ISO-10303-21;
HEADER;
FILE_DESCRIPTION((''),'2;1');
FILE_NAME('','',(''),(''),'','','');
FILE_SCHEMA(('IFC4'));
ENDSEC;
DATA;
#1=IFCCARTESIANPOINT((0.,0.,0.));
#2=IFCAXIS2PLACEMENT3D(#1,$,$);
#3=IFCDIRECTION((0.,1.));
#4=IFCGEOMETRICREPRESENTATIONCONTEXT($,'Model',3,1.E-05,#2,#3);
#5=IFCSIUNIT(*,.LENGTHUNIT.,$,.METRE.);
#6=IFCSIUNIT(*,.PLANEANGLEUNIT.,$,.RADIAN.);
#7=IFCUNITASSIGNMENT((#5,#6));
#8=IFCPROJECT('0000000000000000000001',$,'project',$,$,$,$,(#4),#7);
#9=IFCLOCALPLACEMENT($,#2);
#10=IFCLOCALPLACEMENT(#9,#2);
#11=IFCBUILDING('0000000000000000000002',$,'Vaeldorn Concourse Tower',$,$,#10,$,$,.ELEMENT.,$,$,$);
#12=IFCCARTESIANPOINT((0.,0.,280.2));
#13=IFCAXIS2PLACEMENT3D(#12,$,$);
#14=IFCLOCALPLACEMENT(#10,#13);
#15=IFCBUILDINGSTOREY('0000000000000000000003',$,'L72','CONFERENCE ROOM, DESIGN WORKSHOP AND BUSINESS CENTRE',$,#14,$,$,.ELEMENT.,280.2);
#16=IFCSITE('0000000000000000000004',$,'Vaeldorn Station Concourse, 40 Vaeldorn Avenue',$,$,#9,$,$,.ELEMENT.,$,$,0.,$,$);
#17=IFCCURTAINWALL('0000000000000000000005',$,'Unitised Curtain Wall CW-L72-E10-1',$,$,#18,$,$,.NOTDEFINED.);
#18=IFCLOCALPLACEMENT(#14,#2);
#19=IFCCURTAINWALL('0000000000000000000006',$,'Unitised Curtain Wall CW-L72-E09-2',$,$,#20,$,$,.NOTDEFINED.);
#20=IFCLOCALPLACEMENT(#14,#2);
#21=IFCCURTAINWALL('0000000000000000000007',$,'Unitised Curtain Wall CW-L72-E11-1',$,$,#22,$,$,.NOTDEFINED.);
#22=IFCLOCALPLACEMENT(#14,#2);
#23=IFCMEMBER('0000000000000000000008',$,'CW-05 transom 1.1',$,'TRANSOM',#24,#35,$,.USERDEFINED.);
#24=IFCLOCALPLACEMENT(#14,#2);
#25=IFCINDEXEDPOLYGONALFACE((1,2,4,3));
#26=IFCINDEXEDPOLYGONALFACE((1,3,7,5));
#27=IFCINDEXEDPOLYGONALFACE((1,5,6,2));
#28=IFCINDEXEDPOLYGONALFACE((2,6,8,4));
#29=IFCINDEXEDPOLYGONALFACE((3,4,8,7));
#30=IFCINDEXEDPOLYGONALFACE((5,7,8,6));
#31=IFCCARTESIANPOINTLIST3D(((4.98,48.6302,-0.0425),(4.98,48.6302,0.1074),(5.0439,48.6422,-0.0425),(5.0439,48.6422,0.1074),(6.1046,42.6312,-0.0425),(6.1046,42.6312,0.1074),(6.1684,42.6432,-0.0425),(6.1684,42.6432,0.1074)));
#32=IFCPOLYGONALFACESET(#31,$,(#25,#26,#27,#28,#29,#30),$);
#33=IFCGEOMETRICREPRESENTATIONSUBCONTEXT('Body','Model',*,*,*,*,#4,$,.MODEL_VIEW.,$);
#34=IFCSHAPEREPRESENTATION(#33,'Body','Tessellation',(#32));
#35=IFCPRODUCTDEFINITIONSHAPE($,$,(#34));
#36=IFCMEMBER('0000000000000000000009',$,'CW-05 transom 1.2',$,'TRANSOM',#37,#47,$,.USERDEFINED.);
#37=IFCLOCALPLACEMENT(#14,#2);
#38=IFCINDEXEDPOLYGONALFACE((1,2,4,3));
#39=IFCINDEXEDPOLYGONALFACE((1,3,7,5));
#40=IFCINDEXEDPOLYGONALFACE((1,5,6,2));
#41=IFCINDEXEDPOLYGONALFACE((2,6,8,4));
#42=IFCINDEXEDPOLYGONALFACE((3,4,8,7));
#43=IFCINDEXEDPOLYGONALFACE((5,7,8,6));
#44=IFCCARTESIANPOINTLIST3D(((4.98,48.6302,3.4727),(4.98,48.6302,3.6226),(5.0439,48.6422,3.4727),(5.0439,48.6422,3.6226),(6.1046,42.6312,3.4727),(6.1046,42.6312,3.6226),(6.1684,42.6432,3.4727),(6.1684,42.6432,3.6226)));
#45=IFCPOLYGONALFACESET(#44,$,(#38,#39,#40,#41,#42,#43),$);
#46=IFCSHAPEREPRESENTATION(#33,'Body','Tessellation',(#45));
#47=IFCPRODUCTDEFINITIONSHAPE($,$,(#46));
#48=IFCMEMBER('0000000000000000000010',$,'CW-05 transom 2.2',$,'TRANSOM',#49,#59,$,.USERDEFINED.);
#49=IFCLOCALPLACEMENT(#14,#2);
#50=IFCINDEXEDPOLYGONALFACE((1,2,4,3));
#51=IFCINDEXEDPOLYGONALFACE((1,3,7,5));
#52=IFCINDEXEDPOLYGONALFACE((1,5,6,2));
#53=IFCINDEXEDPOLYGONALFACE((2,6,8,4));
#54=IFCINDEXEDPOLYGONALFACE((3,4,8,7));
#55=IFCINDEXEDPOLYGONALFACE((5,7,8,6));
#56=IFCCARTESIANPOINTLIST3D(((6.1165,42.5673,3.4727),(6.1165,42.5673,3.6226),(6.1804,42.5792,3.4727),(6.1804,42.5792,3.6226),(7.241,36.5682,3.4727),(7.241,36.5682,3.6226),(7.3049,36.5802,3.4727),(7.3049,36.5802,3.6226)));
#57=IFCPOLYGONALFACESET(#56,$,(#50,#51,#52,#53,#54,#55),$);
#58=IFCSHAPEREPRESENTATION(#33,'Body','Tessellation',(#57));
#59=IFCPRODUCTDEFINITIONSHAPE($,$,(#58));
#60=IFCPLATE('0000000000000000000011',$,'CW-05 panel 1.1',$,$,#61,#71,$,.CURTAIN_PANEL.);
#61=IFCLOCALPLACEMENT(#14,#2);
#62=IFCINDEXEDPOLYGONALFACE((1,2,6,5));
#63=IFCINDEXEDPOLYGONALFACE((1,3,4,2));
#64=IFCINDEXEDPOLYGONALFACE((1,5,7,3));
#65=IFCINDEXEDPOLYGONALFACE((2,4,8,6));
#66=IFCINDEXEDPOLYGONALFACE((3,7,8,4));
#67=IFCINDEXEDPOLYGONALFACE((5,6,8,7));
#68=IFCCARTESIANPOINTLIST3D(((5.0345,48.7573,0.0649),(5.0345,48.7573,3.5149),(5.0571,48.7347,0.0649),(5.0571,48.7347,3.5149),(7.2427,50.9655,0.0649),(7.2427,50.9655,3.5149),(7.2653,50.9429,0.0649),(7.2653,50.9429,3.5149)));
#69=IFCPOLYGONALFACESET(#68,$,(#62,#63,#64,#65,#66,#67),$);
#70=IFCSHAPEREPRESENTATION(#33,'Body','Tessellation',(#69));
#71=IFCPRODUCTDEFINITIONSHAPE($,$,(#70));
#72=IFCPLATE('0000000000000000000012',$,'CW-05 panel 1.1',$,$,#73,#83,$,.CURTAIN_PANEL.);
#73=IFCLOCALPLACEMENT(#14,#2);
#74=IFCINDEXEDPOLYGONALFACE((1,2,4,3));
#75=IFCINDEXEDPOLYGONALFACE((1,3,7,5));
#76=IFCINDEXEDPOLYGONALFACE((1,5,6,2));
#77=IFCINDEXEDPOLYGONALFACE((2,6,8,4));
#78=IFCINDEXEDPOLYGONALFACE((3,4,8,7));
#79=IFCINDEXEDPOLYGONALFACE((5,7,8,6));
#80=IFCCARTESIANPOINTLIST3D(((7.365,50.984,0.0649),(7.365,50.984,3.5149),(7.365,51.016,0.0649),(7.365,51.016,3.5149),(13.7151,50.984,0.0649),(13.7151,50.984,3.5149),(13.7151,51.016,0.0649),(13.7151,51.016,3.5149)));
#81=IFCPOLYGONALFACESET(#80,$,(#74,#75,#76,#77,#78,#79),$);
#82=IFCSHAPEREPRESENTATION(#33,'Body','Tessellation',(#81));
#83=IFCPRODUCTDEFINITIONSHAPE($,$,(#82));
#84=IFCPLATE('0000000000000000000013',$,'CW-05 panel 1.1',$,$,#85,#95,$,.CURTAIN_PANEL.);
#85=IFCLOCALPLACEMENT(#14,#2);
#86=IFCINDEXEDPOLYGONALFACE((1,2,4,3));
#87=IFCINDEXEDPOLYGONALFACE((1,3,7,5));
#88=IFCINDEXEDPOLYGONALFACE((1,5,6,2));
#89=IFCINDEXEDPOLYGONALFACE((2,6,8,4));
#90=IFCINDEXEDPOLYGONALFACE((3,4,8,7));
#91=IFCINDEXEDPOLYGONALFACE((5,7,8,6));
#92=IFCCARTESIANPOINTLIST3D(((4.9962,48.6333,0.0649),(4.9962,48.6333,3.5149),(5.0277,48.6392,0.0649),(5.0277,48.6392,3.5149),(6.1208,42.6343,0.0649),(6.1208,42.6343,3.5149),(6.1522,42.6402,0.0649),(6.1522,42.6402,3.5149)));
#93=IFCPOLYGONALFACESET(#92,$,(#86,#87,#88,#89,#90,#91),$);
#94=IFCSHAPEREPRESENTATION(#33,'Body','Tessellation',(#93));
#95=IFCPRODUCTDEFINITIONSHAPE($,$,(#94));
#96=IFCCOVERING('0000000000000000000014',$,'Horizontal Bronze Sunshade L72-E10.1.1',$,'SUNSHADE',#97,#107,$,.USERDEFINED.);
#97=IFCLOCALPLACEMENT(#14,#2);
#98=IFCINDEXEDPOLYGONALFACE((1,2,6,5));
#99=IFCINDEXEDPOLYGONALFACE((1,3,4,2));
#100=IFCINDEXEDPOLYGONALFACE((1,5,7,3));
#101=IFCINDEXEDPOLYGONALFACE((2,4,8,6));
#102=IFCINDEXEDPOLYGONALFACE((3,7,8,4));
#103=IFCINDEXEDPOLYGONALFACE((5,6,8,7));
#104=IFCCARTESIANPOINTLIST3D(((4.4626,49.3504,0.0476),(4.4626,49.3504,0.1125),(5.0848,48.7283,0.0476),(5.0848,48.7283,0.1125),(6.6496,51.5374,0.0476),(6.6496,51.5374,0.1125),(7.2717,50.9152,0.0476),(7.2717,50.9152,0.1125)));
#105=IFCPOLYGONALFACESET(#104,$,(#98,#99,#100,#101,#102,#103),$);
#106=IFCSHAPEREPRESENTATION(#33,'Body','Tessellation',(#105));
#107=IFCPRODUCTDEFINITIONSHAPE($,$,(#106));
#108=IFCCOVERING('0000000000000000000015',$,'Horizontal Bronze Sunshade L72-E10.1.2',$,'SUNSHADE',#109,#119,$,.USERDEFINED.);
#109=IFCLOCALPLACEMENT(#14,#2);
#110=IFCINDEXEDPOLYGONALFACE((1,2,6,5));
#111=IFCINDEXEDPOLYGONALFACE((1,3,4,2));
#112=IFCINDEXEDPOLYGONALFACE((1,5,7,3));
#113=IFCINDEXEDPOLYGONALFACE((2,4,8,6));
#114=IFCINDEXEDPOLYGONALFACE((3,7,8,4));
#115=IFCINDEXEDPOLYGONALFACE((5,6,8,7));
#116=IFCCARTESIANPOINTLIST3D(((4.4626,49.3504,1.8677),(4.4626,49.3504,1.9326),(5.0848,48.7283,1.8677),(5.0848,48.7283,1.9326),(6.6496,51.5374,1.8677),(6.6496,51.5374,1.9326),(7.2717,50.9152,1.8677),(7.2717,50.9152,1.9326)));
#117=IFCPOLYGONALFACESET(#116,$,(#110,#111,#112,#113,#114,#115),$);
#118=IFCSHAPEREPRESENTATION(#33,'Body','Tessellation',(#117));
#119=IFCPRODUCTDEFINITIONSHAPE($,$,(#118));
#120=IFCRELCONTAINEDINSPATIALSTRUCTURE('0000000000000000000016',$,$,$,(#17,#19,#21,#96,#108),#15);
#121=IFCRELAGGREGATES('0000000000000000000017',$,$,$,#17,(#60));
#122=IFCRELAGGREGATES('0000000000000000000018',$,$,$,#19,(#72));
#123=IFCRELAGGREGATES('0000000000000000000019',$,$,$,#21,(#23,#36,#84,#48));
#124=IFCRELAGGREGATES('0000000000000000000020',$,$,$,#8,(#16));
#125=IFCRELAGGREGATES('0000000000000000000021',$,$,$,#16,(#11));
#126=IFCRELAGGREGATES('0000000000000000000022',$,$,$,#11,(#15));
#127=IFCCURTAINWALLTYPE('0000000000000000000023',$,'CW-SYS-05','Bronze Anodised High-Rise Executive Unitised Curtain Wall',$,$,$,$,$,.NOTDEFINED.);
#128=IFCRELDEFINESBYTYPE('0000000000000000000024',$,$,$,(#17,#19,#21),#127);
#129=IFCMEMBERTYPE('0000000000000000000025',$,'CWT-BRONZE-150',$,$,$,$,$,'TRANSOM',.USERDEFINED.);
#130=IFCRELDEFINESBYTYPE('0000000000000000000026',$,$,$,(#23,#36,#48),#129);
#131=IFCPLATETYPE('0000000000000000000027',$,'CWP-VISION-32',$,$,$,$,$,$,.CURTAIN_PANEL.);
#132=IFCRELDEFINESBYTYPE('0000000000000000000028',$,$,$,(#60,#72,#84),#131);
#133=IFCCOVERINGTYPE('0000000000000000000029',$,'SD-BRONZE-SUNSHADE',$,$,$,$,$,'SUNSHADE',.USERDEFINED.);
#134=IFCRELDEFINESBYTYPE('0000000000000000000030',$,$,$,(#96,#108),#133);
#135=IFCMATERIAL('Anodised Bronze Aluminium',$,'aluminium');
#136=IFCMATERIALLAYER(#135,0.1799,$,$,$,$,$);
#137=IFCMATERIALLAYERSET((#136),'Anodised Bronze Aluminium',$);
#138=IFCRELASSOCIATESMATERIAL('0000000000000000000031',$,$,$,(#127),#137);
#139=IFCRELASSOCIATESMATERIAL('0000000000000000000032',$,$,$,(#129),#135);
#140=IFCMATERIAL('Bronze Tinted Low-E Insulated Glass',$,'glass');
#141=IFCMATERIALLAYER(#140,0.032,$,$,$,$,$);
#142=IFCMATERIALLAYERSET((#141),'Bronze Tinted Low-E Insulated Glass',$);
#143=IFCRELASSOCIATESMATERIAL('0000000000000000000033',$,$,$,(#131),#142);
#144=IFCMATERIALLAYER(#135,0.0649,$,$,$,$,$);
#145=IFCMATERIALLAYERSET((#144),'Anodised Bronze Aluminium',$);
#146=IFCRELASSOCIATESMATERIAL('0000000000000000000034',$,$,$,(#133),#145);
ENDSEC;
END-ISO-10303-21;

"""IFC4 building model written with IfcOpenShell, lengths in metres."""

from ifc_helpers import new_model, si_unit, direction, frame, origin, origin_2d, place, context, subcontext, project, spatial, rectangle, extrude, source, transform, mapped, material, layer, layer_set, material_profile, profile_set, type_object, element, aggregate, save


model = new_model("IFC4")

# Units and contexts
model_context = context("Model", 3, precision=1e-05, world=origin(), true_north=direction((0.0, 1.0)))
body_context = subcontext(model_context, "Body", "Model", "MODEL_VIEW")
ifc_project = project(units=[si_unit("LENGTHUNIT", "METRE"), si_unit("PLANEANGLEUNIT", "RADIAN")], contexts=[model_context])

# Site, building, storey
site_placement = place(None, origin())
site = spatial("IfcSite", under=ifc_project, at=site_placement, Name="Vaeldorn Station Concourse, 40 Vaeldorn Avenue", CompositionType="ELEMENT", RefElevation=0.0)
building_placement = place(site_placement, origin())
building = spatial("IfcBuilding", under=site, at=building_placement, Name="Vaeldorn Concourse Tower", CompositionType="ELEMENT")
storey_placement = place(building_placement, frame((0.0, 0.0, 280.2)))
storey = spatial("IfcBuildingStorey", under=building, at=storey_placement, Name="L72", Description="CONFERENCE ROOM, DESIGN WORKSHOP AND BUSINESS CENTRE", CompositionType="ELEMENT", Elevation=280.2)

# Curtain walls
ifc_material_1 = material(Name="Anodised Bronze Aluminium", Category="aluminium")
ifc_layer_1 = layer(ifc_material_1, 0.1799)
ifc_layer_set_1 = layer_set([ifc_layer_1], Name="Anodised Bronze Aluminium")
curtain_wall_type = type_object("IfcCurtainWallType", Name="CW-SYS-05", Description="Bronze Anodised High-Rise Executive Unitised Curtain Wall", PredefinedType="NOTDEFINED", material=ifc_layer_set_1)
curtain_wall_1_placement = place(storey_placement, origin())
curtain_wall_1 = element("IfcCurtainWall", 1, at=curtain_wall_1_placement, inside=storey, type_object=curtain_wall_type, Name="Unitised Curtain Wall CW-L72-E10-1", PredefinedType="NOTDEFINED")
ifc_material_profile_1 = material_profile(ifc_material_1, rectangle(XDim=0.0649, YDim=0.1499, at=origin_2d()), Name="CWT 65x150")
ifc_profile_set_1 = profile_set([ifc_material_profile_1], Name="Anodised Bronze Aluminium")
member_type_1 = type_object("IfcMemberType", Name="CWT-BRONZE-150", ElementType="TRANSOM", PredefinedType="USERDEFINED", material=ifc_profile_set_1)
curtain_wall_2_placement = place(storey_placement, origin())
curtain_wall_2 = element("IfcCurtainWall", 2, at=curtain_wall_2_placement, inside=storey, type_object=curtain_wall_type, Name="Unitised Curtain Wall CW-L72-E09-2", PredefinedType="NOTDEFINED")

# Curtain wall
curtain_wall_3_placement = place(storey_placement, origin())
curtain_wall_3 = element("IfcCurtainWall", 3, at=curtain_wall_3_placement, inside=storey, type_object=curtain_wall_type, Name="Unitised Curtain Wall CW-L72-E11-1", PredefinedType="NOTDEFINED")

# Members
shared_shape_1 = source(origin(), body_context, "Body", "SweptSolid", [
    extrude(rectangle(XDim=0.0649, YDim=0.1499, at=origin_2d()), origin(), (0.0, 0.0, 1.0), 6.1035),
])
member_1_placement = place(storey_placement, frame((5.012, 48.6362, 0.0325), z_axis=(0.18424, -0.982881, 0.0), x_axis=(0.982881, 0.18424, 0.0)))
member_1 = element("IfcMember", 4, at=member_1_placement, type_object=member_type_1, Name="CW-05 transom 1.1", ObjectType="TRANSOM", PredefinedType="USERDEFINED", context=body_context, shape_type="MappedRepresentation", body=[
    mapped(shared_shape_1, transform((0.0, 0.0, 0.0), scale=1.0)),
])
member_2_placement = place(storey_placement, frame((5.012, 48.6362, 3.5476), z_axis=(0.18424, -0.982881, 0.0), x_axis=(0.982881, 0.18424, 0.0)))
member_2 = element("IfcMember", 5, at=member_2_placement, type_object=member_type_1, Name="CW-05 transom 1.2", ObjectType="TRANSOM", PredefinedType="USERDEFINED", context=body_context, shape_type="MappedRepresentation", body=[
    mapped(shared_shape_1, transform((0.0, 0.0, 0.0), scale=1.0)),
])
member_3_placement = place(storey_placement, frame((6.1484, 42.5732, 3.5476), z_axis=(0.18424, -0.982881, 0.0), x_axis=(0.982881, 0.18424, 0.0)))
member_3 = element("IfcMember", 6, at=member_3_placement, type_object=member_type_1, Name="CW-05 transom 2.2", ObjectType="TRANSOM", PredefinedType="USERDEFINED", context=body_context, shape_type="MappedRepresentation", body=[
    mapped(shared_shape_1, transform((0.0, 0.0, 0.0), scale=1.0)),
])

# Plates
ifc_material_2 = material(Name="Bronze Tinted Low-E Insulated Glass", Category="glass")
ifc_layer_2 = layer(ifc_material_2, 0.032)
ifc_layer_set_2 = layer_set([ifc_layer_2], Name="Bronze Tinted Low-E Insulated Glass")
plate_type = type_object("IfcPlateType", Name="CWP-VISION-32", PredefinedType="CURTAIN_PANEL", material=ifc_layer_set_2)
shared_shape_2 = source(origin(), body_context, "Body", "SweptSolid", [
    extrude(rectangle(XDim=3.1228, YDim=0.032, at=origin_2d()), origin(), (0.0, 0.0, 1.0), 3.45),
])
plate_1_placement = place(storey_placement, frame((6.1499, 49.8501, 0.0649), z_axis=(0.0, 0.0, 1.0), x_axis=(-0.707107, -0.707107, 0.0)))
plate_1 = element("IfcPlate", 7, at=plate_1_placement, type_object=plate_type, Name="CW-05 panel 1.1", PredefinedType="CURTAIN_PANEL", context=body_context, shape_type="MappedRepresentation", body=[
    mapped(shared_shape_2, transform((0.0, 0.0, 0.0), scale=1.0)),
])
aggregate(curtain_wall_1, [plate_1])
shared_shape_3 = source(origin(), body_context, "Body", "SweptSolid", [
    extrude(rectangle(XDim=6.3501, YDim=0.032, at=origin_2d()), origin(), (0.0, 0.0, 1.0), 3.45),
])
plate_2_placement = place(storey_placement, frame((10.54, 51.0, 0.0649), z_axis=(0.0, 0.0, 1.0), x_axis=(-1.0, 0.0, 0.0)))
plate_2 = element("IfcPlate", 8, at=plate_2_placement, type_object=plate_type, Name="CW-05 panel 1.1", PredefinedType="CURTAIN_PANEL", context=body_context, shape_type="MappedRepresentation", body=[
    mapped(shared_shape_3, transform((0.0, 0.0, 0.0), scale=1.0)),
])
aggregate(curtain_wall_2, [plate_2])
shared_shape_4 = source(origin(), body_context, "Body", "SweptSolid", [
    extrude(rectangle(XDim=6.1035, YDim=0.032, at=origin_2d()), origin(), (0.0, 0.0, 1.0), 3.45),
])
plate_3_placement = place(storey_placement, frame((5.5742, 45.6367, 0.0649), z_axis=(0.0, 0.0, 1.0), x_axis=(0.184246, -0.98288, 0.0)))
plate_3 = element("IfcPlate", 9, at=plate_3_placement, type_object=plate_type, Name="CW-05 panel 1.1", PredefinedType="CURTAIN_PANEL", context=body_context, shape_type="MappedRepresentation", body=[
    mapped(shared_shape_4, transform((0.0, 0.0, 0.0), scale=1.0)),
])
aggregate(curtain_wall_3, [member_1, member_2, plate_3, member_3])

# Coverings
ifc_layer_3 = layer(ifc_material_1, 0.0649)
ifc_layer_set_3 = layer_set([ifc_layer_3], Name="Anodised Bronze Aluminium")
covering_type = type_object("IfcCoveringType", Name="SD-BRONZE-SUNSHADE", ElementType="SUNSHADE", PredefinedType="USERDEFINED", material=ifc_layer_set_3)
shared_shape_5 = source(origin(), body_context, "Body", "SweptSolid", [
    extrude(rectangle(XDim=3.0928, YDim=0.8799, at=origin_2d()), origin(), (0.0, 0.0, 1.0), 0.0649),
])
for number, where, z_axis, x_axis, name in (
    (10, (5.8672, 50.1328, 0.0476), (0.0, 0.0, 1.0), (-0.707107, -0.707107, 0.0), "Horizontal Bronze Sunshade L72-E10.1.1"),
    (11, (5.8672, 50.1328, 1.8677), (0.0, 0.0, 1.0), (-0.707107, -0.707107, 0.0), "Horizontal Bronze Sunshade L72-E10.1.2"),
):
    element("IfcCovering", number, at=place(storey_placement, frame(where, z_axis=z_axis, x_axis=x_axis)), inside=storey, type_object=covering_type, Name=name, ObjectType="SUNSHADE", PredefinedType="USERDEFINED", context=body_context, shape_type="MappedRepresentation", body=[
        mapped(shared_shape_5, transform((0.0, 0.0, 0.0), scale=1.0)),
    ])

save(model, "model.ifc")
